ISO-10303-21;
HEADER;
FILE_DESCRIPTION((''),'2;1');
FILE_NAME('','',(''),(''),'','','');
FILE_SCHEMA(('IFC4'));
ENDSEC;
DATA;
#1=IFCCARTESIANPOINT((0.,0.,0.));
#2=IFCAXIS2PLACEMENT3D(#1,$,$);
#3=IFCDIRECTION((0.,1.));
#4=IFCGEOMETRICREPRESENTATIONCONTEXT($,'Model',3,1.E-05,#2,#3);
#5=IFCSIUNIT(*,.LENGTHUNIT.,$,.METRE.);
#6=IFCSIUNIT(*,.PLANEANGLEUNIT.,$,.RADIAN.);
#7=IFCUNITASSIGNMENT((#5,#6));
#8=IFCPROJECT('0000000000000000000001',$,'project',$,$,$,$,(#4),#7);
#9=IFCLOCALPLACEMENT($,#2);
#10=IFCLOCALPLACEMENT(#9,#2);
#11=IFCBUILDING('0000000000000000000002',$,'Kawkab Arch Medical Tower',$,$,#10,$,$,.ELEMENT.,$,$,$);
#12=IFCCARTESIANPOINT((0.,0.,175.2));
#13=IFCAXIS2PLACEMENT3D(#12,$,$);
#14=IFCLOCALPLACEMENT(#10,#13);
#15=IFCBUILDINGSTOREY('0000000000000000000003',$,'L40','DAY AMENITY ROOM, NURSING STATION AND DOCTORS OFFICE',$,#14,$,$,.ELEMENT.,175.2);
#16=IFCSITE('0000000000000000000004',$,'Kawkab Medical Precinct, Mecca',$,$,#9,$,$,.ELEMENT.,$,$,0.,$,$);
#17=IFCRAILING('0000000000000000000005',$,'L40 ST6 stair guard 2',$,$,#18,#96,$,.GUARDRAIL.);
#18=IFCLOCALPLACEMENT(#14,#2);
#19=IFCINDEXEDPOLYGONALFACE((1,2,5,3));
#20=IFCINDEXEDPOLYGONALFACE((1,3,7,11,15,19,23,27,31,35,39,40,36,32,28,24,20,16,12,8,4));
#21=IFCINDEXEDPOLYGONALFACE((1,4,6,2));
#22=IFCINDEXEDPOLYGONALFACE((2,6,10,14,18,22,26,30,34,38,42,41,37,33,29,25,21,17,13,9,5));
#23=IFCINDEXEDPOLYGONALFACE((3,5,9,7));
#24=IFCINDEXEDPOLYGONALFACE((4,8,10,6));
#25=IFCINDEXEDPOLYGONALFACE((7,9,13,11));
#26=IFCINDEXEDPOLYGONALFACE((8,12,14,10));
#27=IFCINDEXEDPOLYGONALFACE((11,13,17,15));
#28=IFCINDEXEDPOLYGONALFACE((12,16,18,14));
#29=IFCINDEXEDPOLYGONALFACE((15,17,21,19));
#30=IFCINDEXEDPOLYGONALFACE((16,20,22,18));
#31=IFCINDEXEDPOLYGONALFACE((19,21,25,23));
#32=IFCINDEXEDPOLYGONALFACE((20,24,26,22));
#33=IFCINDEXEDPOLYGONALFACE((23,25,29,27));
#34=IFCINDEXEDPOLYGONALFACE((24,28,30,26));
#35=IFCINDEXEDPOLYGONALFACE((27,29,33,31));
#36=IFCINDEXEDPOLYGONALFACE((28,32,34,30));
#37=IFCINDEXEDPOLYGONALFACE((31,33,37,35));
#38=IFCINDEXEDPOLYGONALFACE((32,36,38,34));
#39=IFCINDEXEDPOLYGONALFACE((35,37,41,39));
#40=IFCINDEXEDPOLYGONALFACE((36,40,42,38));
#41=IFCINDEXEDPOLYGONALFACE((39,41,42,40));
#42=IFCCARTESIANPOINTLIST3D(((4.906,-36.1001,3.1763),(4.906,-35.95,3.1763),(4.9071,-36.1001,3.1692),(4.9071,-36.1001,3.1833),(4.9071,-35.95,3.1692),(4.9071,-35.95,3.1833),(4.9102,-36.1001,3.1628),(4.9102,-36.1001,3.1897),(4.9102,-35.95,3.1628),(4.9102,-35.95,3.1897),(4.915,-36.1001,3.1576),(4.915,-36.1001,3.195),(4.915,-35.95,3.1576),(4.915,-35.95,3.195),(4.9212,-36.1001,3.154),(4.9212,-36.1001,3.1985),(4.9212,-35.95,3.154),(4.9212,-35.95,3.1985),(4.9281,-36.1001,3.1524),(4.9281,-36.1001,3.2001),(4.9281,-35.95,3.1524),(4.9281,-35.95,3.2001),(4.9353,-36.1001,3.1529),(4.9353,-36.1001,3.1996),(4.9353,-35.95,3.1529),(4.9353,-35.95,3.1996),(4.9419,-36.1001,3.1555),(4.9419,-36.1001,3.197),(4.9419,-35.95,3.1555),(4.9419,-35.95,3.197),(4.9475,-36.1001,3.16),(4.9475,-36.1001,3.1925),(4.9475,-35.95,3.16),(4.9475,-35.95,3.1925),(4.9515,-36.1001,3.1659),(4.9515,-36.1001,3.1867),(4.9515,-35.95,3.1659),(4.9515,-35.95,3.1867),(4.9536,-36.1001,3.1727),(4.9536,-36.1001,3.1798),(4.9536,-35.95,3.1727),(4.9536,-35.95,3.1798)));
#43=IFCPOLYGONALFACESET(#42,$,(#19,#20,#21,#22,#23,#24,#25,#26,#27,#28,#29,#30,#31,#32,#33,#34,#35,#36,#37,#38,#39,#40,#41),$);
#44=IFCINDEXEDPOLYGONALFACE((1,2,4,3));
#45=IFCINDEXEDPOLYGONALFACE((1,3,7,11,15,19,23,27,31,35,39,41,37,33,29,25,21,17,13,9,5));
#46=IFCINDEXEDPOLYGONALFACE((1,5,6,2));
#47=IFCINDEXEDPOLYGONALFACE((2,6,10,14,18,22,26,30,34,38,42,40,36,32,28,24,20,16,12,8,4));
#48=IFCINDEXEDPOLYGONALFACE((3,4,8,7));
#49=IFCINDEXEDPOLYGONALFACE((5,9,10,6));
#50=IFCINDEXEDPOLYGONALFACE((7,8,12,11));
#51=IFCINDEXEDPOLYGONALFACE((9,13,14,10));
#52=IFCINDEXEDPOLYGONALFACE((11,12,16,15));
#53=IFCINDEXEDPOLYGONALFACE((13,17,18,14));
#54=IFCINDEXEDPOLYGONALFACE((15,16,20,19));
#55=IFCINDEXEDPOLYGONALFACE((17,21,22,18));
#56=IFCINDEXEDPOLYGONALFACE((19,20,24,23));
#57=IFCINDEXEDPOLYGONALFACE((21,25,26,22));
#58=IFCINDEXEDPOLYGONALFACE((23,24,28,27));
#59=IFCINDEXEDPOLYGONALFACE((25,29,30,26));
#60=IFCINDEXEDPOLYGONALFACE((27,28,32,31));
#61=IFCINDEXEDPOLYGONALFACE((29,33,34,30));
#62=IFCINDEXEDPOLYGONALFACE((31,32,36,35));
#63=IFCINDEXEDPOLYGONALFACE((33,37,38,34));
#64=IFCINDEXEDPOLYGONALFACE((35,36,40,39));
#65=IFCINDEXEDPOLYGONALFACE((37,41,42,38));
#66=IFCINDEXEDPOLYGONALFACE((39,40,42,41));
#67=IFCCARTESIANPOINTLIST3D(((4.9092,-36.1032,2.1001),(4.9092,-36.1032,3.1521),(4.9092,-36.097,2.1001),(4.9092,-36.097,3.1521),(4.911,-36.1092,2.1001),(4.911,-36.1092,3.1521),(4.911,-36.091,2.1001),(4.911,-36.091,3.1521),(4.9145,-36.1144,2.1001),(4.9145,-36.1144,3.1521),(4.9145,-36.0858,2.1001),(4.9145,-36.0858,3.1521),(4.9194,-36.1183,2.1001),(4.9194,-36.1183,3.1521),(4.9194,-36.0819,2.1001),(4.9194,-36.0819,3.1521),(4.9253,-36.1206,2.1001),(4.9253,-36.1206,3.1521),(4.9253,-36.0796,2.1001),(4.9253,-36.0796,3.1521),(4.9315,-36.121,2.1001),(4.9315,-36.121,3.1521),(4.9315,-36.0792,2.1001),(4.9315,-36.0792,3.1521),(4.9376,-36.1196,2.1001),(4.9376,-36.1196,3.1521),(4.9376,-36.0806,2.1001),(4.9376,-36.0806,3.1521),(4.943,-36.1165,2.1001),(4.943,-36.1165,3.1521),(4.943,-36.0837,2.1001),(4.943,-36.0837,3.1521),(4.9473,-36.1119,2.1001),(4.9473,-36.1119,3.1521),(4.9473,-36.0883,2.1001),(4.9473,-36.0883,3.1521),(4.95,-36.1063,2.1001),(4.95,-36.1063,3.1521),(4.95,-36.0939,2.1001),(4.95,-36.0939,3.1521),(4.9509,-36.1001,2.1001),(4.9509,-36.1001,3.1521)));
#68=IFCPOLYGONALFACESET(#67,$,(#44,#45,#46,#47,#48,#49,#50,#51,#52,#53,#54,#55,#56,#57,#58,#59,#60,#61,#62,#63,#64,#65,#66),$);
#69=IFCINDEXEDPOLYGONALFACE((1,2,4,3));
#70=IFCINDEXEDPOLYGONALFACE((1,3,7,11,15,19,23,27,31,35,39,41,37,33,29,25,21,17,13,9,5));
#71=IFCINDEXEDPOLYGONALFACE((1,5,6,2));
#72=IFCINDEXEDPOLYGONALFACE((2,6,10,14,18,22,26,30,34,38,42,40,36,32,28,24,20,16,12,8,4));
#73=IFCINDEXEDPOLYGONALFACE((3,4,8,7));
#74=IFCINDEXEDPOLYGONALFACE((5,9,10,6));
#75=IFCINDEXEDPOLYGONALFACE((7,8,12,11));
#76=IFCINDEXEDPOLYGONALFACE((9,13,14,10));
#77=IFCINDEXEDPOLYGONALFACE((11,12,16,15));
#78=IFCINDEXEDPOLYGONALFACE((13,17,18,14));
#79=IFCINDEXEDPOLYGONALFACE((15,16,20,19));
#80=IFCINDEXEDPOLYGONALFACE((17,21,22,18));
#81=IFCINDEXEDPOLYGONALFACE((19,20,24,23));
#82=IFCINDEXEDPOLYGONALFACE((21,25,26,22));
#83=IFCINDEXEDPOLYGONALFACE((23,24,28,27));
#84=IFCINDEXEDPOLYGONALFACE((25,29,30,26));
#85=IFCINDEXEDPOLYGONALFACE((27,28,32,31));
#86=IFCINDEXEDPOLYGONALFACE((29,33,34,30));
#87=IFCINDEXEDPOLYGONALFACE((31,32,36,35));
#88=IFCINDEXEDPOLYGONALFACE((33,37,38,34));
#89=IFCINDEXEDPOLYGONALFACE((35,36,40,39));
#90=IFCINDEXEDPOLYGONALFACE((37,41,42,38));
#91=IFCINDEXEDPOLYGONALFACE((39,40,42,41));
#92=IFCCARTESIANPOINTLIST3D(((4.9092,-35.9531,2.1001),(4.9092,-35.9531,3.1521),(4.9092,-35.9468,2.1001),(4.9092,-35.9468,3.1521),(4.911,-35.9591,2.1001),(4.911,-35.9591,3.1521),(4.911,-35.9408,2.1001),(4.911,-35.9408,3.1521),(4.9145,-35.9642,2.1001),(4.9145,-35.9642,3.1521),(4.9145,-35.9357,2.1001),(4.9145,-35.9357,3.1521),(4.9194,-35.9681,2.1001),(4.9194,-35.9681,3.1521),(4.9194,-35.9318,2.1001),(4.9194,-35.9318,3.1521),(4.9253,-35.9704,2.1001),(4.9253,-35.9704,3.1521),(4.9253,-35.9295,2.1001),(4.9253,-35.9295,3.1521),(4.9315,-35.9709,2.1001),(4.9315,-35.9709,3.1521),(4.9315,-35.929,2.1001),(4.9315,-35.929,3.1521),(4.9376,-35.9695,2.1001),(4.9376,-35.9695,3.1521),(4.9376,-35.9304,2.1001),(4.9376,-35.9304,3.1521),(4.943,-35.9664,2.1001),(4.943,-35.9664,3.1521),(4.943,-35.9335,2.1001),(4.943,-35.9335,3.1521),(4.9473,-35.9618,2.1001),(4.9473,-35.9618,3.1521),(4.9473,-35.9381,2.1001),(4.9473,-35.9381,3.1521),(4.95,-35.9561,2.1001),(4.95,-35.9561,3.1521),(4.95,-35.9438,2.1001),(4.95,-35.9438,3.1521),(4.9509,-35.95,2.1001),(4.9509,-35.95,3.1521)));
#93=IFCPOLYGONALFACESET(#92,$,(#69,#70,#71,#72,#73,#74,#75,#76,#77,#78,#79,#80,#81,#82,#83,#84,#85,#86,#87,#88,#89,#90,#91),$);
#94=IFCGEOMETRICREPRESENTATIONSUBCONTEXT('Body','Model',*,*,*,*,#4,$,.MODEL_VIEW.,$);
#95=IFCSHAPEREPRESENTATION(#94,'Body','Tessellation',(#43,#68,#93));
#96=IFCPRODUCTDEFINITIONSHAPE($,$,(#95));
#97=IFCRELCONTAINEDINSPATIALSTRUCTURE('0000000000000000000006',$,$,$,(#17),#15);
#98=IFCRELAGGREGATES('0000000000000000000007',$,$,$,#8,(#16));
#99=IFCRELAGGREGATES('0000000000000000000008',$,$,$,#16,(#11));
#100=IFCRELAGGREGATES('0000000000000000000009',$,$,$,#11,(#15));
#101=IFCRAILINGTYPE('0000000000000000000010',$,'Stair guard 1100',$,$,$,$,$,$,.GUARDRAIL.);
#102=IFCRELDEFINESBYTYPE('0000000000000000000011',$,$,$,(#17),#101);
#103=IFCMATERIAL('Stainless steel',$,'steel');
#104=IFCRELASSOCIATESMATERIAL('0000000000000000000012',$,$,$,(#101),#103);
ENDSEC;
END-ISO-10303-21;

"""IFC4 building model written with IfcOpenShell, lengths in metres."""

from ifc_helpers import new_model, si_unit, direction, frame, origin, origin_2d, place, context, subcontext, project, spatial, circle, extrude, material, type_object, element, save


model = new_model("IFC4")

# Units and contexts
model_context = context("Model", 3, precision=1e-05, world=origin(), true_north=direction((0.0, 1.0)))
body_context = subcontext(model_context, "Body", "Model", "MODEL_VIEW")
ifc_project = project(units=[si_unit("LENGTHUNIT", "METRE"), si_unit("PLANEANGLEUNIT", "RADIAN")], contexts=[model_context])

# Site, building, storey
site_placement = place(None, origin())
site = spatial("IfcSite", under=ifc_project, at=site_placement, Name="Kawkab Medical Precinct, Mecca", CompositionType="ELEMENT", RefElevation=0.0)
building_placement = place(site_placement, origin())
building = spatial("IfcBuilding", under=site, at=building_placement, Name="Kawkab Arch Medical Tower", CompositionType="ELEMENT")
storey_placement = place(building_placement, frame((0.0, 0.0, 175.2)))
storey = spatial("IfcBuildingStorey", under=building, at=storey_placement, Name="L40", Description="DAY AMENITY ROOM, NURSING STATION AND DOCTORS OFFICE", CompositionType="ELEMENT", Elevation=175.2)

# Railing
ifc_material_1 = material(Name="Stainless steel", Category="steel")
railing_type = type_object("IfcRailingType", Name="Stair guard 1100", PredefinedType="GUARDRAIL", material=ifc_material_1)
railing_1_placement = place(storey_placement, frame((4.9299, -36.1001, 2.1001)))
element("IfcRailing", 1, at=railing_1_placement, inside=storey, type_object=railing_type, Name="L40 ST6 stair guard 2", PredefinedType="GUARDRAIL", context=body_context, shape_type="SweptSolid", body=[
    extrude(circle(Radius=0.0239, at=origin_2d()), frame((0.0, 0.0, 1.0762), z_axis=(0.0, 1.0, 0.0), x_axis=(-1.0, 0.0, 0.0)), (0.0, 0.0, 1.0), 0.1501),
    extrude(circle(Radius=0.021, at=origin_2d()), origin(), (0.0, 0.0, 1.0), 1.052),
    extrude(circle(Radius=0.021, at=origin_2d()), frame((0.0, 0.1501, 0.0)), (0.0, 0.0, 1.0), 1.052),
])

save(model, "model.ifc")
